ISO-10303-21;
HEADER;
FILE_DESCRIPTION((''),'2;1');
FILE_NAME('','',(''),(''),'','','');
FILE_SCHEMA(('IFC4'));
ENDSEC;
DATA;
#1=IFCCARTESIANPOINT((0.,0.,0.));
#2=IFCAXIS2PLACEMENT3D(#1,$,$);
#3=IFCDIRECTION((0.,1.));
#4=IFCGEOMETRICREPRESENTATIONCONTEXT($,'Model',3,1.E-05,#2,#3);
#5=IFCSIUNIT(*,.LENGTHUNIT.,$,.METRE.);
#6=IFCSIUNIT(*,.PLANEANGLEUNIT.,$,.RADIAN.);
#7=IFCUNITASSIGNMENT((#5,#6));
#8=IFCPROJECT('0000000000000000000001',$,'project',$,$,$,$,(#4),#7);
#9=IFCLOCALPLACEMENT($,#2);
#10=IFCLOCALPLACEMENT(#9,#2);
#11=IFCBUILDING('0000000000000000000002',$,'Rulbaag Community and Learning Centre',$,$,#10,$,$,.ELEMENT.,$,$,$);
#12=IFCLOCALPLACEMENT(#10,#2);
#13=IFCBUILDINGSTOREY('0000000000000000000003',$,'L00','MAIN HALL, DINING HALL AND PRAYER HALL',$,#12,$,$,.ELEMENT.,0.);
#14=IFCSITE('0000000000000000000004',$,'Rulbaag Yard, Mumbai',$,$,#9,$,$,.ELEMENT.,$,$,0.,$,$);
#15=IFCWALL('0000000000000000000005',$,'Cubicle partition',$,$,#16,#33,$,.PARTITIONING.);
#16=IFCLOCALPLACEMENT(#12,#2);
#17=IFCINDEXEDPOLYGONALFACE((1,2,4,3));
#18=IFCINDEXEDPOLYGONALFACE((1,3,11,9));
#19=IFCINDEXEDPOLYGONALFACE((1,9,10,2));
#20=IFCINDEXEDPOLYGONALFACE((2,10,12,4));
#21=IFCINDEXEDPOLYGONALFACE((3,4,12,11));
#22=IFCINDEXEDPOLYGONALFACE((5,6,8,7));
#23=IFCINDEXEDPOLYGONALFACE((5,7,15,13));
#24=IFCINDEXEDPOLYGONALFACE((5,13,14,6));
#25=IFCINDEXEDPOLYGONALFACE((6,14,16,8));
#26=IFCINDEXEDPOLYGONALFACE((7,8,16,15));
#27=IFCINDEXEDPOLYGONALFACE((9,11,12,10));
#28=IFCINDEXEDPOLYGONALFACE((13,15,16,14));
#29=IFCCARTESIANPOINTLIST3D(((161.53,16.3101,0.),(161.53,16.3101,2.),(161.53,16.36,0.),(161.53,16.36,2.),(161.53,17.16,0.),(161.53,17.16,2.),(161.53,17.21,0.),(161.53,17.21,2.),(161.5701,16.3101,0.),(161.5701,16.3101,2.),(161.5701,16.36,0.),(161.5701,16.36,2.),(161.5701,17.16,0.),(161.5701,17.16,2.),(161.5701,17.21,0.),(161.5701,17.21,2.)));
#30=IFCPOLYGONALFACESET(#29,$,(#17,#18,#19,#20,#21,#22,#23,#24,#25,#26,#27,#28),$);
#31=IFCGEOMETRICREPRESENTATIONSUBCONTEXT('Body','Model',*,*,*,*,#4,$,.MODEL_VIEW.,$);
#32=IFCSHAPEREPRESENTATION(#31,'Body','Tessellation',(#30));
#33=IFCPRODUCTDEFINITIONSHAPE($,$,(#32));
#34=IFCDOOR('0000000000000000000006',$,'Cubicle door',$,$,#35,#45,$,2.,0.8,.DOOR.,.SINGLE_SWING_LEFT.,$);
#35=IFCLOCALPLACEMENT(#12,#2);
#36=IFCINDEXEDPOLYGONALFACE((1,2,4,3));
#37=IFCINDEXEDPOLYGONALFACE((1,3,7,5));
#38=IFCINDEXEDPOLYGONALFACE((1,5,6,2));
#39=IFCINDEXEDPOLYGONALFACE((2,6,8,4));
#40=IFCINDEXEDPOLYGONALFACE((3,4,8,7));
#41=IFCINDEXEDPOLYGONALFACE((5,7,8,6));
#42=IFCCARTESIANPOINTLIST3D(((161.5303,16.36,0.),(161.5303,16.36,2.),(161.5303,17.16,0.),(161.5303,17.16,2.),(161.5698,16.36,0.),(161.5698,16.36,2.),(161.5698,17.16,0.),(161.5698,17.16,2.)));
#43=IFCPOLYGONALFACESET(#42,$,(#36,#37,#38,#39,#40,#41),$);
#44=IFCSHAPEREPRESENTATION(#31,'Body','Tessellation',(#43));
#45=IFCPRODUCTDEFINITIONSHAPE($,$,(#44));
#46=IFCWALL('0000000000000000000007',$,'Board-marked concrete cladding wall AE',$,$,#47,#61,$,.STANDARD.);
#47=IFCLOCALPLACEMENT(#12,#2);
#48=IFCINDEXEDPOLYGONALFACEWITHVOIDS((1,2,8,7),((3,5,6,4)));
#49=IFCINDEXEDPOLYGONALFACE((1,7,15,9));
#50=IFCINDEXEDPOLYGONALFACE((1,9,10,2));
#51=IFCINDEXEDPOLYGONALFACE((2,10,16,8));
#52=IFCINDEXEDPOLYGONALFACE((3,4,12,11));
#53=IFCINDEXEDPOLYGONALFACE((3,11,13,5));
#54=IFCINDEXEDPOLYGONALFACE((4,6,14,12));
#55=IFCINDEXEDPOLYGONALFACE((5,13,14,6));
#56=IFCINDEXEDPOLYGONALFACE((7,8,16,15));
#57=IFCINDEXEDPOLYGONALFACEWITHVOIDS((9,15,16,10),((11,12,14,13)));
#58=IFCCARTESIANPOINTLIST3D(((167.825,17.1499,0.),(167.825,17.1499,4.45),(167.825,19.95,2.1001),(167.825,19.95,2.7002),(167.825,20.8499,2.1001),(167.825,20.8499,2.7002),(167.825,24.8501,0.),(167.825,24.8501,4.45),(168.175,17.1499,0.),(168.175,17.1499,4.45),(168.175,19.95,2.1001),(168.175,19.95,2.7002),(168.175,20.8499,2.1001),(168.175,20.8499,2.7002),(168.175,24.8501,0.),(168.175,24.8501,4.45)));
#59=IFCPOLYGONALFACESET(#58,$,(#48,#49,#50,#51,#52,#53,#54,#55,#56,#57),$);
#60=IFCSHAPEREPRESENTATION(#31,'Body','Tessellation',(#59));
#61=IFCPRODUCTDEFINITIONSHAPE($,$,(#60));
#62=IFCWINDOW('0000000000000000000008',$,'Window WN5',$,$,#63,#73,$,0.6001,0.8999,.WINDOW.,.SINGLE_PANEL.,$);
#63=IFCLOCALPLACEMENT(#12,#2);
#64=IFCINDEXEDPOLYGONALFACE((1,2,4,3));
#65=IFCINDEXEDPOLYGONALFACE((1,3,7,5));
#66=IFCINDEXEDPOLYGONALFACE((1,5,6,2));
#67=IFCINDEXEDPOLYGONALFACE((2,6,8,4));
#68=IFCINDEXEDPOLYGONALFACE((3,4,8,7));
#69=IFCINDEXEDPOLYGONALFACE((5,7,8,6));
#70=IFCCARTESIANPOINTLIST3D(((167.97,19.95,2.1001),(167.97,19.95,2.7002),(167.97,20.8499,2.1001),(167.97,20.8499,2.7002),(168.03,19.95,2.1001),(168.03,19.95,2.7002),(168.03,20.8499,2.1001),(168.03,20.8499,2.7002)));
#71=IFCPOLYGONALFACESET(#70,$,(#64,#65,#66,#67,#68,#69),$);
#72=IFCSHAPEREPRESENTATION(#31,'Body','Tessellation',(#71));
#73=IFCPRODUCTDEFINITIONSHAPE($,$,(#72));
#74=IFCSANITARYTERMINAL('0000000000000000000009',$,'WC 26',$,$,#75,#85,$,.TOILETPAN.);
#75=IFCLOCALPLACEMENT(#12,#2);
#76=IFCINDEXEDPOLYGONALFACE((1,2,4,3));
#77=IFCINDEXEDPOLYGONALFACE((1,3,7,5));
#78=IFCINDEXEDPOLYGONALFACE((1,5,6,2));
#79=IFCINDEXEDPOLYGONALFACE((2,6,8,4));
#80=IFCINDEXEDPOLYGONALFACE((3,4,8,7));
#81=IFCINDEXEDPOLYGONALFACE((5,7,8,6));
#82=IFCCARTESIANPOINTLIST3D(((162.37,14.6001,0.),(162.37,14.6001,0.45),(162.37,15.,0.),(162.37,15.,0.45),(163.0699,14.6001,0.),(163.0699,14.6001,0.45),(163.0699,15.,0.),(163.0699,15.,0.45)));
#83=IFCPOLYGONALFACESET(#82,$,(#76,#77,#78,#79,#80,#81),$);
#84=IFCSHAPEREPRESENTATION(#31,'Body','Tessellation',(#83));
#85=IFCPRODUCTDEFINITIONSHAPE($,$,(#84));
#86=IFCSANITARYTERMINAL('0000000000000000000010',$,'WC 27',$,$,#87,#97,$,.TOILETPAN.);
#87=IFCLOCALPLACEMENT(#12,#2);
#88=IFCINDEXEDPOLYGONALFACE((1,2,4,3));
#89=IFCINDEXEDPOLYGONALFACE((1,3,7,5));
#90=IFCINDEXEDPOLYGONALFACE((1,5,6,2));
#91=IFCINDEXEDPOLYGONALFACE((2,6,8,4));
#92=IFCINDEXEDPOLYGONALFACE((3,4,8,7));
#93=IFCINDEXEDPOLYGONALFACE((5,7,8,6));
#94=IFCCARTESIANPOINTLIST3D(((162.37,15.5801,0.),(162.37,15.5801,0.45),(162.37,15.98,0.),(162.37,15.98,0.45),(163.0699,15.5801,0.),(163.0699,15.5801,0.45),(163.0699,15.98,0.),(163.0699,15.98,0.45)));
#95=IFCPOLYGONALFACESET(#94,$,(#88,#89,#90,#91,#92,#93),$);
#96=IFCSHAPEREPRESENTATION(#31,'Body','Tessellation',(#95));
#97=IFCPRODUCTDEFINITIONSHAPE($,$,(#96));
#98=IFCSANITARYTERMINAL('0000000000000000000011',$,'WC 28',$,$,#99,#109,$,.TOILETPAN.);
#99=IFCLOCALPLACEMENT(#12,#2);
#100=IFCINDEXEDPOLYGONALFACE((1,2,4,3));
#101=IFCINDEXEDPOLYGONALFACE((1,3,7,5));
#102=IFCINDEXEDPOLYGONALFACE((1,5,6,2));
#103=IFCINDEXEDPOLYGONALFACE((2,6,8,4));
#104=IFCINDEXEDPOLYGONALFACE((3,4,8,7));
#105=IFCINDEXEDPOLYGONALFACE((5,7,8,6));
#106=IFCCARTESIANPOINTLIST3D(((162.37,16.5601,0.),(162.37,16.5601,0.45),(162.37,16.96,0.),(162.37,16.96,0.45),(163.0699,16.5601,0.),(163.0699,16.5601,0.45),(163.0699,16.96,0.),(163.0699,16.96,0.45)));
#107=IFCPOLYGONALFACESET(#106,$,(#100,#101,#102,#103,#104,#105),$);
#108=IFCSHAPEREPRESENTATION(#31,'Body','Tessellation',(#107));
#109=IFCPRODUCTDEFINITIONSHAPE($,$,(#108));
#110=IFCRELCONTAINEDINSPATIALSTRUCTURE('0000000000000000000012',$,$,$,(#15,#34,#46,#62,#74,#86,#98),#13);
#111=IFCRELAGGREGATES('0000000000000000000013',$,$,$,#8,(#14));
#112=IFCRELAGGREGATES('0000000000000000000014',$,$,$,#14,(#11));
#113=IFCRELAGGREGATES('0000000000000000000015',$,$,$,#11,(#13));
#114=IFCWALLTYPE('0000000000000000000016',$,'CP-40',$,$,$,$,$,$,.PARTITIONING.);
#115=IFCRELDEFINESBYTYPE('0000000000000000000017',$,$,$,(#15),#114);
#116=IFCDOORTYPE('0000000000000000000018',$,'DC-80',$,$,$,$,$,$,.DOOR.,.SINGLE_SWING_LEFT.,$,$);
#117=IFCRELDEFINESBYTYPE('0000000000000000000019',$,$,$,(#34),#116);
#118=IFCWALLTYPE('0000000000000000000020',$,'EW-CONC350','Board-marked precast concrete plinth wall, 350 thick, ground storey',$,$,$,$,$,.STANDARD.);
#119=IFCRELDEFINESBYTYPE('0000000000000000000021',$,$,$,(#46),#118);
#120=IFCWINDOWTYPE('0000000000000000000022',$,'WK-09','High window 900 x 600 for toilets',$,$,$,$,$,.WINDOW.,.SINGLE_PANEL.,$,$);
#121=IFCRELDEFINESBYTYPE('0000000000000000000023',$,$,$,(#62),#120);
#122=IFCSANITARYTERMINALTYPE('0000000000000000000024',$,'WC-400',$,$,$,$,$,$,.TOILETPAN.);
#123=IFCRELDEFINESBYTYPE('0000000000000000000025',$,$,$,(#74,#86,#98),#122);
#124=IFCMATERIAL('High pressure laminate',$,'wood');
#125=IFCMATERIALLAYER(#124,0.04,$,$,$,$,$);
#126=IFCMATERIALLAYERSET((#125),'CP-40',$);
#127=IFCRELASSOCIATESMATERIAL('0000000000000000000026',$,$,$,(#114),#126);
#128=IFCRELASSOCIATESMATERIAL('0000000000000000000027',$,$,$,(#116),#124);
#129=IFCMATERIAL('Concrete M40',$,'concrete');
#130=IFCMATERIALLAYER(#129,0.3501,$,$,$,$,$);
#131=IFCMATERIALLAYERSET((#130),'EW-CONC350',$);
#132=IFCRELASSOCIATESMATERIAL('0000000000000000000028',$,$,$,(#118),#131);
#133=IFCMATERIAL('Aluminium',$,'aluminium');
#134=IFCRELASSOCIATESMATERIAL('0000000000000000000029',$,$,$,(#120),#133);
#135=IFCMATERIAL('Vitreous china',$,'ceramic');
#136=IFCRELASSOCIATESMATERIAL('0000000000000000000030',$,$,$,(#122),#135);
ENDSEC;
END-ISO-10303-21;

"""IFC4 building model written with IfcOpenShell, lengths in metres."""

from ifc_helpers import new_model, si_unit, direction, frame, frame_2d, origin, origin_2d, place, context, subcontext, project, spatial, rectangle, extrude, material, layer, layer_set, type_object, element, fill, save


model = new_model("IFC4")

# Units and contexts
model_context = context("Model", 3, precision=1e-05, world=origin(), true_north=direction((0.0, 1.0)))
body_context = subcontext(model_context, "Body", "Model", "MODEL_VIEW")
ifc_project = project(units=[si_unit("LENGTHUNIT", "METRE"), si_unit("PLANEANGLEUNIT", "RADIAN")], contexts=[model_context])

# Site, building, storey
site_placement = place(None, origin())
site = spatial("IfcSite", under=ifc_project, at=site_placement, Name="Rulbaag Yard, Mumbai", CompositionType="ELEMENT", RefElevation=0.0)
building_placement = place(site_placement, origin())
building = spatial("IfcBuilding", under=site, at=building_placement, Name="Rulbaag Community and Learning Centre", CompositionType="ELEMENT")
storey_placement = place(building_placement, origin())
storey = spatial("IfcBuildingStorey", under=building, at=storey_placement, Name="L00", Description="MAIN HALL, DINING HALL AND PRAYER HALL", CompositionType="ELEMENT", Elevation=0.0)

# Shared definitions
ifc_material_1 = material(Name="Concrete M40", Category="concrete")

# Shared definitions
ifc_material_2 = material(Name="High pressure laminate", Category="wood")
ifc_layer_1 = layer(ifc_material_2, 0.04)
ifc_layer_set_1 = layer_set([ifc_layer_1], Name="CP-40")
wall_type_1 = type_object("IfcWallType", Name="CP-40", PredefinedType="PARTITIONING", material=ifc_layer_set_1)

# Shared definitions
door_type = type_object("IfcDoorType", Name="DC-80", OperationType="SINGLE_SWING_LEFT", PredefinedType="DOOR", material=ifc_material_2)

# Wall, opening, door
wall_1_placement = place(storey_placement, frame((161.55, 16.3101, 0.0), z_axis=(0.0, 0.0, 1.0), x_axis=(0.0, 1.0, 0.0)))
wall_1 = element("IfcWall", 1, at=wall_1_placement, inside=storey, type_object=wall_type_1, Name="Cubicle partition", PredefinedType="PARTITIONING", context=body_context, shape_type="SweptSolid", body=[
    extrude(rectangle(XDim=0.8999, YDim=0.04, at=frame_2d((0.45, 0.0))), origin(), (0.0, 0.0, 1.0), 2.0),
])
opening_1_placement = place(wall_1_placement, frame((0.05, 0.0, 0.0)))
opening_1 = element("IfcOpeningElement", 2, at=opening_1_placement, cuts=wall_1, PredefinedType="OPENING", context=body_context, shape_type="SweptSolid", body=[
    extrude(rectangle(XDim=0.8, YDim=2.0, at=frame_2d((0.3999, 1.0))), frame((0.0, 0.03, 0.0), z_axis=(0.0, -1.0, 0.0), x_axis=(1.0, 0.0, 0.0)), (0.0, 0.0, 1.0), 0.0601),
])
door_1_placement = place(opening_1_placement, origin())
door_1 = element("IfcDoor", 3, at=door_1_placement, inside=storey, type_object=door_type, Name="Cubicle door", OperationType="SINGLE_SWING_LEFT", OverallHeight=2.0, OverallWidth=0.8, PredefinedType="DOOR", context=body_context, shape_type="SweptSolid", body=[
    extrude(rectangle(XDim=0.8, YDim=2.0, at=frame_2d((0.3999, 1.0))), frame((0.0, 0.0198, 0.0), z_axis=(0.0, -1.0, 0.0), x_axis=(1.0, 0.0, 0.0)), (0.0, 0.0, 1.0), 0.0396),
])
fill(opening_1, door_1)

# Wall, opening, window
ifc_layer_2 = layer(ifc_material_1, 0.3501)
ifc_layer_set_2 = layer_set([ifc_layer_2], Name="EW-CONC350")
wall_type_2 = type_object("IfcWallType", Name="EW-CONC350", Description="Board-marked precast concrete plinth wall, 350 thick, ground storey", PredefinedType="STANDARD", material=ifc_layer_set_2)
wall_2_placement = place(storey_placement, frame((168.0, 17.1499, 0.0), z_axis=(0.0, 0.0, 1.0), x_axis=(0.0, 1.0, 0.0)))
wall_2 = element("IfcWall", 4, at=wall_2_placement, inside=storey, type_object=wall_type_2, Name="Board-marked concrete cladding wall AE", PredefinedType="STANDARD", context=body_context, shape_type="SweptSolid", body=[
    extrude(rectangle(XDim=7.7002, YDim=0.3501, at=frame_2d((3.8501, 0.0))), origin(), (0.0, 0.0, 1.0), 4.45),
])
opening_2_placement = place(wall_2_placement, frame((2.8, 0.0, 2.1001)))
opening_2 = element("IfcOpeningElement", 5, at=opening_2_placement, cuts=wall_2, PredefinedType="OPENING", context=body_context, shape_type="SweptSolid", body=[
    extrude(rectangle(XDim=0.8999, YDim=0.6001, at=frame_2d((0.45, 0.3))), frame((0.0, 0.1851, 0.0), z_axis=(0.0, -1.0, 0.0), x_axis=(1.0, 0.0, 0.0)), (0.0, 0.0, 1.0), 0.3701),
])
ifc_material_3 = material(Name="Aluminium", Category="aluminium")
window_type = type_object("IfcWindowType", Name="WK-09", Description="High window 900 x 600 for toilets", PartitioningType="SINGLE_PANEL", PredefinedType="WINDOW", material=ifc_material_3)
window_placement = place(opening_2_placement, origin())
window = element("IfcWindow", 6, at=window_placement, inside=storey, type_object=window_type, Name="Window WN5", OverallHeight=0.6001, OverallWidth=0.8999, PartitioningType="SINGLE_PANEL", PredefinedType="WINDOW", context=body_context, shape_type="SweptSolid", body=[
    extrude(rectangle(XDim=0.8999, YDim=0.6001, at=frame_2d((0.45, 0.3))), frame((0.0, 0.03, 0.0), z_axis=(0.0, -1.0, 0.0), x_axis=(1.0, 0.0, 0.0)), (0.0, 0.0, 1.0), 0.0601),
])
fill(opening_2, window)

# Sanitary terminals
ifc_material_4 = material(Name="Vitreous china", Category="ceramic")
sanitary_terminal_type = type_object("IfcSanitaryTerminalType", Name="WC-400", PredefinedType="TOILETPAN", material=ifc_material_4)
for number, where, z_axis, x_axis, name in (
    (7, (162.72, 14.8, 0.0), (0.0, 0.0, 1.0), (1.0, 0.0, 0.0), "WC 26"),
    (8, (162.72, 15.78, 0.0), (0.0, 0.0, 1.0), (1.0, 0.0, 0.0), "WC 27"),
    (9, (162.72, 16.76, 0.0), (0.0, 0.0, 1.0), (1.0, 0.0, 0.0), "WC 28"),
):
    element("IfcSanitaryTerminal", number, at=place(storey_placement, frame(where, z_axis=z_axis, x_axis=x_axis)), inside=storey, type_object=sanitary_terminal_type, Name=name, PredefinedType="TOILETPAN", context=body_context, shape_type="SweptSolid", body=[
        extrude(rectangle(XDim=0.7, YDim=0.3999, at=origin_2d()), origin(), (0.0, 0.0, 1.0), 0.45),
    ])

save(model, "model.ifc")
